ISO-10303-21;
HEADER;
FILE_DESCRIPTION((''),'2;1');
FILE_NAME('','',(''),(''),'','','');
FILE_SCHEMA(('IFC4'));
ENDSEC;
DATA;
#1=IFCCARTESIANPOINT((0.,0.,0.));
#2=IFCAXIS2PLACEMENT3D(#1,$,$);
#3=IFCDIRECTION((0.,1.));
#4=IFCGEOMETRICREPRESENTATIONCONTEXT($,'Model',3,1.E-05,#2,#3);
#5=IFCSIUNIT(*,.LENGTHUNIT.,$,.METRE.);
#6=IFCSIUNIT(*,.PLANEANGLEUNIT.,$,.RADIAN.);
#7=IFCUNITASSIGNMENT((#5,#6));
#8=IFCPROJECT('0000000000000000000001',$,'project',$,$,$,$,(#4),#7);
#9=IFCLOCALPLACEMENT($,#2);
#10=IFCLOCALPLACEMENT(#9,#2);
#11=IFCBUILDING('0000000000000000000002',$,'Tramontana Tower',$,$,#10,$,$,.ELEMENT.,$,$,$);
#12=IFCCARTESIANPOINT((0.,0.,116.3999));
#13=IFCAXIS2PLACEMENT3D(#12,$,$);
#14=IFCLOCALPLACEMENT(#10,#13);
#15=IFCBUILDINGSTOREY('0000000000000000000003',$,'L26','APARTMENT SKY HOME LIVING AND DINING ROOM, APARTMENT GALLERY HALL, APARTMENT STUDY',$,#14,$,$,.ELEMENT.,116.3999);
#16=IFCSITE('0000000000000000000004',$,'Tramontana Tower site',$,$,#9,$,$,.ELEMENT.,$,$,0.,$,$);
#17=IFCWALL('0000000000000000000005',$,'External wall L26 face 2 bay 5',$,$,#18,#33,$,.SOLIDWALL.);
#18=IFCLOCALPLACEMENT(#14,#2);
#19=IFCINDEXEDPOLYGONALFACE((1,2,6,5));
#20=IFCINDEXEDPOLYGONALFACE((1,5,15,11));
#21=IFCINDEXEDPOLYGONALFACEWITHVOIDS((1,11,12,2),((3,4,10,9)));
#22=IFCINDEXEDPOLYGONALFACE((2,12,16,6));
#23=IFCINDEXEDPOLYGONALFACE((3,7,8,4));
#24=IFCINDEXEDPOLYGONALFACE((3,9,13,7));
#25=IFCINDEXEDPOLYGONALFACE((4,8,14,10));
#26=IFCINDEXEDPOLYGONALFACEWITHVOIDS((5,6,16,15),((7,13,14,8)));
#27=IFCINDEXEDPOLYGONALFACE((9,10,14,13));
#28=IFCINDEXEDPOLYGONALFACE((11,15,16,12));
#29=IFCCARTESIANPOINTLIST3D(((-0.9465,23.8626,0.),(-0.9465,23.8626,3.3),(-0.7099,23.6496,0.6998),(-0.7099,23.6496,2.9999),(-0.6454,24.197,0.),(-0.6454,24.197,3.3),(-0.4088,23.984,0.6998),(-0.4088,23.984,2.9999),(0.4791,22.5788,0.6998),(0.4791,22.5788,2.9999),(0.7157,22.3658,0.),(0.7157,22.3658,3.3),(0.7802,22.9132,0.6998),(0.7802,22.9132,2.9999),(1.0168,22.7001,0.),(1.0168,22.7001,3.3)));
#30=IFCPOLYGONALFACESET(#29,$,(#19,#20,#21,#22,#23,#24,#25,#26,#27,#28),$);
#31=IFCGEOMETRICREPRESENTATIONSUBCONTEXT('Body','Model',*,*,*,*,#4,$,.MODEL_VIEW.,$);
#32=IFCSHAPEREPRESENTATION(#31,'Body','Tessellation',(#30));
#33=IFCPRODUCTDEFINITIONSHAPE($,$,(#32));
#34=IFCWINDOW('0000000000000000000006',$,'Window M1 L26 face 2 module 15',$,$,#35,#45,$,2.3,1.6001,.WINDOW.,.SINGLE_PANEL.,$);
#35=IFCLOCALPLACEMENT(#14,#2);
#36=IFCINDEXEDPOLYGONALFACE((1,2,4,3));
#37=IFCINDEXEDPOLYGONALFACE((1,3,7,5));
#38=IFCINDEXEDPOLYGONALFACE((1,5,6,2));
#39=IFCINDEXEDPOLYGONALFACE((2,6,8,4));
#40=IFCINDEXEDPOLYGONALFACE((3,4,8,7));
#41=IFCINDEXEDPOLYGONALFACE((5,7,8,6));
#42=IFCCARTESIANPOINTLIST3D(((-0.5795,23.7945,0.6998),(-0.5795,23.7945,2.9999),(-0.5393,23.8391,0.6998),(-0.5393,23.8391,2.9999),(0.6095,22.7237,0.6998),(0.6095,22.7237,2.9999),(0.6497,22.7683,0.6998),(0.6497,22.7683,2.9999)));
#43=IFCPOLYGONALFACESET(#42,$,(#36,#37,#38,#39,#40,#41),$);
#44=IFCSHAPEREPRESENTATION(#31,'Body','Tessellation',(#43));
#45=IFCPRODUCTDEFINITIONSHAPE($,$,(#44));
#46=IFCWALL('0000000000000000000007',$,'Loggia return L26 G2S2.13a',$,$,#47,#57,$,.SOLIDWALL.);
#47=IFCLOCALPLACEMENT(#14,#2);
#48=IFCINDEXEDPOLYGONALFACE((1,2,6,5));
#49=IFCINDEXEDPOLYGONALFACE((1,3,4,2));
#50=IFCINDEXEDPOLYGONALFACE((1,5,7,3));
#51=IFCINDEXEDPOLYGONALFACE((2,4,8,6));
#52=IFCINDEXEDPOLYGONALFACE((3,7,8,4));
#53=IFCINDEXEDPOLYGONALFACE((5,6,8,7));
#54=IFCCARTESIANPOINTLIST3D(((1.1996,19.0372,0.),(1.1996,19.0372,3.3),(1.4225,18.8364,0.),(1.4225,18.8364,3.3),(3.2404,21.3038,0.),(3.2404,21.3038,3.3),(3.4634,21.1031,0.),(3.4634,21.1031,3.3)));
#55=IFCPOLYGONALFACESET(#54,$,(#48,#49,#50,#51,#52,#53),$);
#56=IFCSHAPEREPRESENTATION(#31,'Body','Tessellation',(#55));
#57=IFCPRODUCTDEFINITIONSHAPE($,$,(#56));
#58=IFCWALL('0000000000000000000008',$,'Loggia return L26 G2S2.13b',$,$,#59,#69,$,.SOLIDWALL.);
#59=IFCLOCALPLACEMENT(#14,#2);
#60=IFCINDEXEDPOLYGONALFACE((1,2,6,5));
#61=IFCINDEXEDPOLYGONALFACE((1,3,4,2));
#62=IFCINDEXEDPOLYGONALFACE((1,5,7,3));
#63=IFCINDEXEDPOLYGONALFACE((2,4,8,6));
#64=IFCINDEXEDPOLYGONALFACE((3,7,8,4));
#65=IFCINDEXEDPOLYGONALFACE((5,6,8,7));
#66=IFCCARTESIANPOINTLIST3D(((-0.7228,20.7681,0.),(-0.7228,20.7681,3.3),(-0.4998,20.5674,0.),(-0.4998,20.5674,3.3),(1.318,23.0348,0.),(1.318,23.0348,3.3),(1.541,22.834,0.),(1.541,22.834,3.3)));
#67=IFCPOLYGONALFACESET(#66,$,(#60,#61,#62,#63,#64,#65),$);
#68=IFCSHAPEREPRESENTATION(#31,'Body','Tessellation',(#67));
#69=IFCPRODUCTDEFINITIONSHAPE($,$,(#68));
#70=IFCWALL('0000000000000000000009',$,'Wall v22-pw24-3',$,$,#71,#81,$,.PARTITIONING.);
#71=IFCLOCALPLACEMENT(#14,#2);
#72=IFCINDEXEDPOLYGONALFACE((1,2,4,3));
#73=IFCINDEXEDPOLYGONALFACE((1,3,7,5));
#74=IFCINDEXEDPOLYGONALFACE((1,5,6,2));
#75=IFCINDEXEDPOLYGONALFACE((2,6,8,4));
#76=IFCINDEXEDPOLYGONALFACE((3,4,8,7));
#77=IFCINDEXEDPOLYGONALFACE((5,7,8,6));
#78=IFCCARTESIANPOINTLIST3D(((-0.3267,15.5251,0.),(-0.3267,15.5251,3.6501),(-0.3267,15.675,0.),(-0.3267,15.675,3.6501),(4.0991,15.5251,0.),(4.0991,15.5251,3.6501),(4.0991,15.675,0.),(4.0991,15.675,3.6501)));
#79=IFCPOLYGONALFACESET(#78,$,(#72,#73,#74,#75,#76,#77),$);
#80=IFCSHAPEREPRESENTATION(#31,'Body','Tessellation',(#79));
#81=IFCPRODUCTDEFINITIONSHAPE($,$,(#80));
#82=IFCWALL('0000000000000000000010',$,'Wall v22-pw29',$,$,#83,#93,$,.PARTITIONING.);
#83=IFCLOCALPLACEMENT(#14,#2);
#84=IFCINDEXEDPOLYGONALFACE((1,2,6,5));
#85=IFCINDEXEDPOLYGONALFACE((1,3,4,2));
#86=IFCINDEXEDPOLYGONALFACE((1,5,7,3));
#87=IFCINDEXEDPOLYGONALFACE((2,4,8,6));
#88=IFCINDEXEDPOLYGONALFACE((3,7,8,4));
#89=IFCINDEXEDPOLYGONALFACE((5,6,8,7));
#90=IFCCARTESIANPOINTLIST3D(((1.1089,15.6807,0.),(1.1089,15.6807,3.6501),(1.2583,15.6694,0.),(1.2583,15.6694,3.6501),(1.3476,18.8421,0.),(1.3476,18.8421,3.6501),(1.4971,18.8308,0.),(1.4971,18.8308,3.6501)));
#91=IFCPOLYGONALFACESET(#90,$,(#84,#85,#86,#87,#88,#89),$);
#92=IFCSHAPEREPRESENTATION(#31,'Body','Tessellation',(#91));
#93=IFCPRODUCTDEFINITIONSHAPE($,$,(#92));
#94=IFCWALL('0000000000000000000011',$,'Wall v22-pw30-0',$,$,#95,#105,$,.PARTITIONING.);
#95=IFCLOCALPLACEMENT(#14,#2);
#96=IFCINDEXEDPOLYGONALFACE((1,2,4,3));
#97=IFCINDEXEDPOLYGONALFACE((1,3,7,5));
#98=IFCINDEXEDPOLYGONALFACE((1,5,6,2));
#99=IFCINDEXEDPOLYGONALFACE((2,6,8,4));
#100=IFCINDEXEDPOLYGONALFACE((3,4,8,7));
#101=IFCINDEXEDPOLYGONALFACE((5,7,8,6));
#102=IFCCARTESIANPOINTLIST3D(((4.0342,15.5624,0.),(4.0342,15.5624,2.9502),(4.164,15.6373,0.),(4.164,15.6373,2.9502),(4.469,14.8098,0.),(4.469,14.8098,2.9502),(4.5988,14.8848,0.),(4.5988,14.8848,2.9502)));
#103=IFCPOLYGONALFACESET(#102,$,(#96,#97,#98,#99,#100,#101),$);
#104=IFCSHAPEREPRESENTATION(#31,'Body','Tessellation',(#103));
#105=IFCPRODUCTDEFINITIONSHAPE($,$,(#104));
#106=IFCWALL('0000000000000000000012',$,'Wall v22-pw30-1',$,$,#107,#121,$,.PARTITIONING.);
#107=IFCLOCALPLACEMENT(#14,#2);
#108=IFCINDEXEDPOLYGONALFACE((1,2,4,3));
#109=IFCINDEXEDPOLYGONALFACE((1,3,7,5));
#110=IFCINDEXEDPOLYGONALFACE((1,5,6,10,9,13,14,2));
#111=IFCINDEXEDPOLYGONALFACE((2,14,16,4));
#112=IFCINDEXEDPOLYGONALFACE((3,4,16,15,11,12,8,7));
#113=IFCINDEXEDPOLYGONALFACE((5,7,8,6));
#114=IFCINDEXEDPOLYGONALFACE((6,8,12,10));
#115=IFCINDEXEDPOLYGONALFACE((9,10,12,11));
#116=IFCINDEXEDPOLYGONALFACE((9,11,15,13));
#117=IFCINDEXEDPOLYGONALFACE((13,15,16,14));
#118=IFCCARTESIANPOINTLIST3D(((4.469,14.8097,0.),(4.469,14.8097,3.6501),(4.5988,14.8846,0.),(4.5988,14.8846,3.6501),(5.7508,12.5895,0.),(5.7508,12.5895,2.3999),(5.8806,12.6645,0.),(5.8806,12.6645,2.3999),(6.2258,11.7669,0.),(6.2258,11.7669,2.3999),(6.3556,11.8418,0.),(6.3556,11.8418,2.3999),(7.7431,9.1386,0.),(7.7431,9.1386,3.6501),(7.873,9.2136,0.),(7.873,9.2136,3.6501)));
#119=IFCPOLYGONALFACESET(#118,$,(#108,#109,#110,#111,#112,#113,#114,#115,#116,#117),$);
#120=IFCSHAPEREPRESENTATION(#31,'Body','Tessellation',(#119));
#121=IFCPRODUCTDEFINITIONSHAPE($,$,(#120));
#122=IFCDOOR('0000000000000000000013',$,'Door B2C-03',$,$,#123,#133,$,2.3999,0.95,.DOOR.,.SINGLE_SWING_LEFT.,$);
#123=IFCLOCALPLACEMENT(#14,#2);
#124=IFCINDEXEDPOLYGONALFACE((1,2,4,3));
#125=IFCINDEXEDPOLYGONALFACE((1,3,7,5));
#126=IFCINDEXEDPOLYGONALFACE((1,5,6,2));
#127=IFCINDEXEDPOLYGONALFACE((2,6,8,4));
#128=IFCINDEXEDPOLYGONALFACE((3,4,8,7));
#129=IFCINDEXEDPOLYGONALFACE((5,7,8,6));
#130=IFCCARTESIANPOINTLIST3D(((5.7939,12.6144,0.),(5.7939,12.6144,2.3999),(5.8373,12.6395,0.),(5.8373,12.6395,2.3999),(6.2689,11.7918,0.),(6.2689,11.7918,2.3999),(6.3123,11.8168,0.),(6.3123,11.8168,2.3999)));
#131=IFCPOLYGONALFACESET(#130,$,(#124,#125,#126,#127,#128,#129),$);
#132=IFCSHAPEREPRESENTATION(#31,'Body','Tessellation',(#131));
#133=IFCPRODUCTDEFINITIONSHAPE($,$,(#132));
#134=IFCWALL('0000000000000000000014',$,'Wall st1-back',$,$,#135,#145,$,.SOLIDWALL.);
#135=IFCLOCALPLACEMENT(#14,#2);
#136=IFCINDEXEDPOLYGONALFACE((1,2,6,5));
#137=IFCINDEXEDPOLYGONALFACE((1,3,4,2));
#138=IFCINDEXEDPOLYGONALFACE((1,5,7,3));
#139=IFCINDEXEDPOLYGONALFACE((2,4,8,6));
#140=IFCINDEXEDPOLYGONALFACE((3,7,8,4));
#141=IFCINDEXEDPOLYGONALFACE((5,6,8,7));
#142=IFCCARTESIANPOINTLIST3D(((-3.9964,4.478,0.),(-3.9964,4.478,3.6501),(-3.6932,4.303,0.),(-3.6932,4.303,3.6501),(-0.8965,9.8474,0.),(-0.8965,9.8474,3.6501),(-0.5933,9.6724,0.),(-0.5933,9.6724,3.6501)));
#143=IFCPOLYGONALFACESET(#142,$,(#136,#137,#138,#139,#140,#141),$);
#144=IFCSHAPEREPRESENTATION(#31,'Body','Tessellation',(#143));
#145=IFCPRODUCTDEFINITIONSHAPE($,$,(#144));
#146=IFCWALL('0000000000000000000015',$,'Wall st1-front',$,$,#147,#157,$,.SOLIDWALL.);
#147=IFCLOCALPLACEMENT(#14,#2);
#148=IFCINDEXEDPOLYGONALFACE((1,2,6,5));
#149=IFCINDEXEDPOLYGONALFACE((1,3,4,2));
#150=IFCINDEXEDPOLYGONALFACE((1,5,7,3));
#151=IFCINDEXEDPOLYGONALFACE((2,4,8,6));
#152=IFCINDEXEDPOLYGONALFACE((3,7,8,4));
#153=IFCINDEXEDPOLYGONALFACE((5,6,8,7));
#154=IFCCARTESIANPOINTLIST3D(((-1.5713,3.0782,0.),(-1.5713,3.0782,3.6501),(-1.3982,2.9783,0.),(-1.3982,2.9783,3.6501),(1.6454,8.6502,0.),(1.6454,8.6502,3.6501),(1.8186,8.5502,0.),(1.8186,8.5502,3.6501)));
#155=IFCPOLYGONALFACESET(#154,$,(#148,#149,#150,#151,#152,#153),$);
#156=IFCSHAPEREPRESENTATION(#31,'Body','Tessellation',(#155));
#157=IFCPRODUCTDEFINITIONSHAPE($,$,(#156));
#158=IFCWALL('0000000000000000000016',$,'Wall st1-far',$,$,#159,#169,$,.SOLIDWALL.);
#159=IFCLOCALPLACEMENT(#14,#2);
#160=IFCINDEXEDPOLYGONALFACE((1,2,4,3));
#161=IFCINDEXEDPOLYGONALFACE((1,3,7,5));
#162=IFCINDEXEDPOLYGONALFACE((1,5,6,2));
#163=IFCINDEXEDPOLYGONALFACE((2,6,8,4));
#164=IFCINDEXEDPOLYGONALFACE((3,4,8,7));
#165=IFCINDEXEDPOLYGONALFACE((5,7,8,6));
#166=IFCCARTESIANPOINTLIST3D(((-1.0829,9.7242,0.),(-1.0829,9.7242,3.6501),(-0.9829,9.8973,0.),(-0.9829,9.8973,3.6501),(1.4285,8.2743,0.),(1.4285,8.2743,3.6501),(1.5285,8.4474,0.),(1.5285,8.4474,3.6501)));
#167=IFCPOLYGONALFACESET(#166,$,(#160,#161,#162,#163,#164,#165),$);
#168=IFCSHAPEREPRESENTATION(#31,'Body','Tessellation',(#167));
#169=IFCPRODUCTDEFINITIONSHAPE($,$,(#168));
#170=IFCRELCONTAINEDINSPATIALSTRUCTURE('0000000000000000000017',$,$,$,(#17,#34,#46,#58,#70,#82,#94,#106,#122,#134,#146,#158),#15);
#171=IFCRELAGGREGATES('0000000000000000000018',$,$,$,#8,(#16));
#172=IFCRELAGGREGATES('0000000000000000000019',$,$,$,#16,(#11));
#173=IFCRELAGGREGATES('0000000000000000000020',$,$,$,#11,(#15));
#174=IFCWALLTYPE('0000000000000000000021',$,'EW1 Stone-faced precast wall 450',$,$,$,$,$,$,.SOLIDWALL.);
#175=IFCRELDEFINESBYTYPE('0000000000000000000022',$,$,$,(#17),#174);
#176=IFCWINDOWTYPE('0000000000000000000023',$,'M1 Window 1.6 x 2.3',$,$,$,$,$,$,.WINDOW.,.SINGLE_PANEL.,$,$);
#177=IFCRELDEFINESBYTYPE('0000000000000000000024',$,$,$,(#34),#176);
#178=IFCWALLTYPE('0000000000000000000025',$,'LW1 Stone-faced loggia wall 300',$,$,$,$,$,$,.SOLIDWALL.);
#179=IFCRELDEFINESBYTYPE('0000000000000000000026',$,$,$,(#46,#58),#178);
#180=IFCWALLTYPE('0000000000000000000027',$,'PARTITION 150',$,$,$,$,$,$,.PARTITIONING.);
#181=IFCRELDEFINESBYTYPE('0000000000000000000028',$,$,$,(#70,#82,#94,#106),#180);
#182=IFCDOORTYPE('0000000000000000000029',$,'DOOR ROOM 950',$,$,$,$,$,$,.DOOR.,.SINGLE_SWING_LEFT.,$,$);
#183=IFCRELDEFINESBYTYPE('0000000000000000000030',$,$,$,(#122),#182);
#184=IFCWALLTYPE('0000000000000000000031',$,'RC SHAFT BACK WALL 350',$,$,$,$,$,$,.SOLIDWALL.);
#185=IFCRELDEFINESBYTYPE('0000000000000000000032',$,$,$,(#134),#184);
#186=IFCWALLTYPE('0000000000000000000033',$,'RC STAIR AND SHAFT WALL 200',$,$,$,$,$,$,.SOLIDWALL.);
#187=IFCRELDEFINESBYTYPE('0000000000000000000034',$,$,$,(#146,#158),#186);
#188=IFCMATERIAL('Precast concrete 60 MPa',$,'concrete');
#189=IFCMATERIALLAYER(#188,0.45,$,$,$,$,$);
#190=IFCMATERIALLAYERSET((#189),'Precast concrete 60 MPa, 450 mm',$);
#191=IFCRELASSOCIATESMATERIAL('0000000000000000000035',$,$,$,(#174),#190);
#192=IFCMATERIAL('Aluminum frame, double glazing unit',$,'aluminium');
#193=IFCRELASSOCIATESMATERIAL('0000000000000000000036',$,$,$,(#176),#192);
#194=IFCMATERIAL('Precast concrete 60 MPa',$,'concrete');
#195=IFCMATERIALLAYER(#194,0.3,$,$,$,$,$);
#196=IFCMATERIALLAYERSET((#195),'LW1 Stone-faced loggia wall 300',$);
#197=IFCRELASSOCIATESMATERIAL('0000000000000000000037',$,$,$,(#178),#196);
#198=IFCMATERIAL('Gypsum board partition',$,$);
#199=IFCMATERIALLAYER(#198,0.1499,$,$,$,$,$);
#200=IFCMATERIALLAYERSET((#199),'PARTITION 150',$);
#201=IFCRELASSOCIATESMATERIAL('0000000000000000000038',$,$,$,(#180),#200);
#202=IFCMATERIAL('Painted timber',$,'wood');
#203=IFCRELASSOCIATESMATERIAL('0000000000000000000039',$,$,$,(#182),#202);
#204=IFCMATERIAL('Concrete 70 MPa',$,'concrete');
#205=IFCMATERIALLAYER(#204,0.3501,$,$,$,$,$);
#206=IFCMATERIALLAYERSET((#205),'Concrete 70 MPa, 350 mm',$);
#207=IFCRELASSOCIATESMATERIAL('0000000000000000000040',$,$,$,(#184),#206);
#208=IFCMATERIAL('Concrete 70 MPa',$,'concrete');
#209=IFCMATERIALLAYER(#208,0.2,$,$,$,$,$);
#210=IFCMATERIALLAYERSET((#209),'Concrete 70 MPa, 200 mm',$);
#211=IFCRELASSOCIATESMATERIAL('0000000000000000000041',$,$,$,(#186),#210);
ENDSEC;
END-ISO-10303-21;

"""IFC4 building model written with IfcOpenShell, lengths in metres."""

from ifc_helpers import new_model, si_unit, direction, frame, frame_2d, origin, place, context, subcontext, project, spatial, rectangle, extrude, material, layer, layer_set, type_object, element, fill, save


model = new_model("IFC4")

# Units and contexts
model_context = context("Model", 3, precision=1e-05, world=origin(), true_north=direction((0.0, 1.0)))
body_context = subcontext(model_context, "Body", "Model", "MODEL_VIEW")
ifc_project = project(units=[si_unit("LENGTHUNIT", "METRE"), si_unit("PLANEANGLEUNIT", "RADIAN")], contexts=[model_context])

# Site, building, storey
site_placement = place(None, origin())
site = spatial("IfcSite", under=ifc_project, at=site_placement, Name="Tramontana Tower site", CompositionType="ELEMENT", RefElevation=0.0)
building_placement = place(site_placement, origin())
building = spatial("IfcBuilding", under=site, at=building_placement, Name="Tramontana Tower", CompositionType="ELEMENT")
storey_placement = place(building_placement, frame((0.0, 0.0, 116.3999)))
storey = spatial("IfcBuildingStorey", under=building, at=storey_placement, Name="L26", Description="APARTMENT SKY HOME LIVING AND DINING ROOM, APARTMENT GALLERY HALL, APARTMENT STUDY", CompositionType="ELEMENT", Elevation=116.3999)

# Wall, opening, window
ifc_material_1 = material(Name="Precast concrete 60 MPa", Category="concrete")
ifc_layer_1 = layer(ifc_material_1, 0.45)
ifc_layer_set_1 = layer_set([ifc_layer_1], Name="Precast concrete 60 MPa, 450 mm")
wall_type_1 = type_object("IfcWallType", Name="EW1 Stone-faced precast wall 450", PredefinedType="SOLIDWALL", material=ifc_layer_set_1)
ifc_material_2 = material(Name="Aluminum frame, double glazing unit", Category="aluminium")
window_type = type_object("IfcWindowType", Name="M1 Window 1.6 x 2.3", PartitioningType="SINGLE_PANEL", PredefinedType="WINDOW", material=ifc_material_2)
wall_1_placement = place(storey_placement, frame((0.8662, 22.533, 0.0), z_axis=(0.0, 0.0, 1.0), x_axis=(-0.743088, 0.669194, 0.0)))
wall_1 = element("IfcWall", 1, at=wall_1_placement, inside=storey, type_object=wall_type_1, Name="External wall L26 face 2 bay 5", PredefinedType="SOLIDWALL", context=body_context, shape_type="SweptSolid", body=[
    extrude(rectangle(XDim=2.2368, YDim=0.45, at=frame_2d((1.1184, 0.0))), origin(), (0.0, 0.0, 1.0), 3.3),
])
opening_1_placement = place(wall_1_placement, frame((0.3184, 0.0, 0.7)))
opening_1 = element("IfcOpeningElement", 2, at=opening_1_placement, cuts=wall_1, PredefinedType="OPENING", context=body_context, shape_type="SweptSolid", body=[
    extrude(rectangle(XDim=1.6001, YDim=2.3, at=frame_2d((0.8, 1.1499))), frame((0.0, 0.2349, 0.0), z_axis=(0.0, -1.0, 0.0), x_axis=(1.0, 0.0, 0.0)), (0.0, 0.0, 1.0), 0.47),
])
window_1_placement = place(opening_1_placement, origin())
window_1 = element("IfcWindow", 3, at=window_1_placement, inside=storey, type_object=window_type, Name="Window M1 L26 face 2 module 15", OverallHeight=2.3, OverallWidth=1.6001, PartitioningType="SINGLE_PANEL", PredefinedType="WINDOW", context=body_context, shape_type="SweptSolid", body=[
    extrude(rectangle(XDim=1.6001, YDim=2.3, at=frame_2d((0.8, 1.1499))), frame((0.0, 0.03, 0.0), z_axis=(0.0, -1.0, 0.0), x_axis=(1.0, 0.0, 0.0)), (0.0, 0.0, 1.0), 0.0601),
])
fill(opening_1, window_1)

# Shared definitions
ifc_material_3 = material(Name="Precast concrete 60 MPa", Category="concrete")
ifc_layer_2 = layer(ifc_material_3, 0.3)
ifc_layer_set_2 = layer_set([ifc_layer_2], Name="LW1 Stone-faced loggia wall 300")
wall_type_2 = type_object("IfcWallType", Name="LW1 Stone-faced loggia wall 300", PredefinedType="SOLIDWALL", material=ifc_layer_set_2)

# Walls
for number, where, z_axis, x_axis, name in (
    (4, (3.3518, 21.2034, 0.0), (0.0, 0.0, 1.0), (-0.669115, -0.743159, 0.0), "Loggia return L26 G2S2.13a"),
    (5, (1.4294, 22.9343, 0.0), (0.0, 0.0, 1.0), (-0.669115, -0.743159, 0.0), "Loggia return L26 G2S2.13b"),
):
    element("IfcWall", number, at=place(storey_placement, frame(where, z_axis=z_axis, x_axis=x_axis)), inside=storey, type_object=wall_type_2, Name=name, PredefinedType="SOLIDWALL", context=body_context, shape_type="SweptSolid", body=[
        extrude(rectangle(XDim=3.05, YDim=0.3, at=frame_2d((1.5249, 0.0))), origin(), (0.0, 0.0, 1.0), 3.3),
    ])
ifc_material_4 = material(Name="Gypsum board partition")
ifc_layer_3 = layer(ifc_material_4, 0.1499)
ifc_layer_set_3 = layer_set([ifc_layer_3], Name="PARTITION 150")
wall_type_3 = type_object("IfcWallType", Name="PARTITION 150", PredefinedType="PARTITIONING", material=ifc_layer_set_3)
wall_2_placement = place(storey_placement, frame((-0.3267, 15.6001, 0.0), z_axis=(0.0, 0.0, 1.0), x_axis=(1.0, 0.0, 0.0)))
element("IfcWall", 6, at=wall_2_placement, inside=storey, type_object=wall_type_3, Name="Wall v22-pw24-3", PredefinedType="PARTITIONING", context=body_context, shape_type="SweptSolid", body=[
    extrude(rectangle(XDim=4.4258, YDim=0.1499, at=frame_2d((2.2129, 0.0))), origin(), (0.0, 0.0, 1.0), 3.6501),
])
wall_3_placement = place(storey_placement, frame((1.4224, 18.8364, 0.0), z_axis=(0.0, 0.0, 1.0), x_axis=(-0.075313, -0.99716, 0.0)))
element("IfcWall", 7, at=wall_3_placement, inside=storey, type_object=wall_type_3, Name="Wall v22-pw29", PredefinedType="PARTITIONING", context=body_context, shape_type="SweptSolid", body=[
    extrude(rectangle(XDim=3.1704, YDim=0.1499, at=frame_2d((1.5852, 0.0))), origin(), (0.0, 0.0, 1.0), 3.6501),
])
wall_4_placement = place(storey_placement, frame((4.0991, 15.5999, 0.0), z_axis=(0.0, 0.0, 1.0), x_axis=(0.500217, -0.8659, 0.0)))
element("IfcWall", 8, at=wall_4_placement, inside=storey, type_object=wall_type_3, Name="Wall v22-pw30-0", PredefinedType="PARTITIONING", context=body_context, shape_type="SweptSolid", body=[
    extrude(rectangle(XDim=0.8691, YDim=0.1499, at=frame_2d((0.4346, 0.0))), origin(), (0.0, 0.0, 1.0), 2.9502),
])

# Wall, opening, door
wall_5_placement = place(storey_placement, frame((4.5339, 14.8472, 0.0), z_axis=(0.0, 0.0, 1.0), x_axis=(0.499992, -0.86603, 0.0)))
wall_5 = element("IfcWall", 9, at=wall_5_placement, inside=storey, type_object=wall_type_3, Name="Wall v22-pw30-1", PredefinedType="PARTITIONING", context=body_context, shape_type="SweptSolid", body=[
    extrude(rectangle(XDim=6.5483, YDim=0.1499, at=frame_2d((3.2742, 0.0))), origin(), (0.0, 0.0, 1.0), 3.6501),
])
opening_2_placement = place(wall_5_placement, frame((2.5635, 0.0, 0.0)))
opening_2 = element("IfcOpeningElement", 10, at=opening_2_placement, cuts=wall_5, PredefinedType="OPENING", context=body_context, shape_type="SweptSolid", body=[
    extrude(rectangle(XDim=0.95, YDim=2.3999, at=frame_2d((0.4751, 1.2))), frame((0.0, 0.085, 0.0), z_axis=(0.0, -1.0, 0.0), x_axis=(1.0, 0.0, 0.0)), (0.0, 0.0, 1.0), 0.1699),
])
ifc_material_5 = material(Name="Painted timber", Category="wood")
door_type_1 = type_object("IfcDoorType", Name="DOOR ROOM 950", OperationType="SINGLE_SWING_LEFT", PredefinedType="DOOR", material=ifc_material_5)
door_1_placement = place(opening_2_placement, origin())
door_1 = element("IfcDoor", 11, at=door_1_placement, inside=storey, type_object=door_type_1, Name="Door B2C-03", OperationType="SINGLE_SWING_LEFT", OverallHeight=2.3999, OverallWidth=0.95, PredefinedType="DOOR", context=body_context, shape_type="SweptSolid", body=[
    extrude(rectangle(XDim=0.95, YDim=2.3999, at=frame_2d((0.4751, 1.2))), frame((0.0, 0.0249, 0.0), z_axis=(0.0, -1.0, 0.0), x_axis=(1.0, 0.0, 0.0)), (0.0, 0.0, 1.0), 0.05),
])
fill(opening_2, door_1)

# Walls
ifc_material_6 = material(Name="Concrete 70 MPa", Category="concrete")
ifc_layer_4 = layer(ifc_material_6, 0.3501)
ifc_layer_set_4 = layer_set([ifc_layer_4], Name="Concrete 70 MPa, 350 mm")
wall_type_4 = type_object("IfcWallType", Name="RC SHAFT BACK WALL 350", PredefinedType="SOLIDWALL", material=ifc_layer_set_4)
wall_6_placement = place(storey_placement, frame((-0.7449, 9.76, 0.0), z_axis=(0.0, 0.0, 1.0), x_axis=(-0.49998, -0.866037, 0.0)))
element("IfcWall", 12, at=wall_6_placement, inside=storey, type_object=wall_type_4, Name="Wall st1-back", PredefinedType="SOLIDWALL", context=body_context, shape_type="SweptSolid", body=[
    extrude(rectangle(XDim=6.2, YDim=0.3501, at=frame_2d((3.1001, 0.0))), origin(), (0.0, 0.0, 1.0), 3.6501),
])
ifc_material_7 = material(Name="Concrete 70 MPa", Category="concrete")
ifc_layer_5 = layer(ifc_material_7, 0.2)
ifc_layer_set_5 = layer_set([ifc_layer_5], Name="Concrete 70 MPa, 200 mm")
wall_type_5 = type_object("IfcWallType", Name="RC STAIR AND SHAFT WALL 200", PredefinedType="SOLIDWALL", material=ifc_layer_set_5)
wall_7_placement = place(storey_placement, frame((1.7319, 8.6001, 0.0), z_axis=(0.0, 0.0, 1.0), x_axis=(-0.499975, -0.86604, 0.0)))
element("IfcWall", 13, at=wall_7_placement, inside=storey, type_object=wall_type_5, Name="Wall st1-front", PredefinedType="SOLIDWALL", context=body_context, shape_type="SweptSolid", body=[
    extrude(rectangle(XDim=6.4338, YDim=0.2, at=frame_2d((3.2168, 0.0))), origin(), (0.0, 0.0, 1.0), 3.6501),
])
wall_8_placement = place(storey_placement, frame((1.4785, 8.3608, 0.0), z_axis=(0.0, 0.0, 1.0), x_axis=(-0.866033, 0.499987, 0.0)))
element("IfcWall", 14, at=wall_8_placement, inside=storey, type_object=wall_type_5, Name="Wall st1-far", PredefinedType="SOLIDWALL", context=body_context, shape_type="SweptSolid", body=[
    extrude(rectangle(XDim=2.8999, YDim=0.2, at=frame_2d((1.45, 0.0))), origin(), (0.0, 0.0, 1.0), 3.6501),
])

save(model, "model.ifc")
